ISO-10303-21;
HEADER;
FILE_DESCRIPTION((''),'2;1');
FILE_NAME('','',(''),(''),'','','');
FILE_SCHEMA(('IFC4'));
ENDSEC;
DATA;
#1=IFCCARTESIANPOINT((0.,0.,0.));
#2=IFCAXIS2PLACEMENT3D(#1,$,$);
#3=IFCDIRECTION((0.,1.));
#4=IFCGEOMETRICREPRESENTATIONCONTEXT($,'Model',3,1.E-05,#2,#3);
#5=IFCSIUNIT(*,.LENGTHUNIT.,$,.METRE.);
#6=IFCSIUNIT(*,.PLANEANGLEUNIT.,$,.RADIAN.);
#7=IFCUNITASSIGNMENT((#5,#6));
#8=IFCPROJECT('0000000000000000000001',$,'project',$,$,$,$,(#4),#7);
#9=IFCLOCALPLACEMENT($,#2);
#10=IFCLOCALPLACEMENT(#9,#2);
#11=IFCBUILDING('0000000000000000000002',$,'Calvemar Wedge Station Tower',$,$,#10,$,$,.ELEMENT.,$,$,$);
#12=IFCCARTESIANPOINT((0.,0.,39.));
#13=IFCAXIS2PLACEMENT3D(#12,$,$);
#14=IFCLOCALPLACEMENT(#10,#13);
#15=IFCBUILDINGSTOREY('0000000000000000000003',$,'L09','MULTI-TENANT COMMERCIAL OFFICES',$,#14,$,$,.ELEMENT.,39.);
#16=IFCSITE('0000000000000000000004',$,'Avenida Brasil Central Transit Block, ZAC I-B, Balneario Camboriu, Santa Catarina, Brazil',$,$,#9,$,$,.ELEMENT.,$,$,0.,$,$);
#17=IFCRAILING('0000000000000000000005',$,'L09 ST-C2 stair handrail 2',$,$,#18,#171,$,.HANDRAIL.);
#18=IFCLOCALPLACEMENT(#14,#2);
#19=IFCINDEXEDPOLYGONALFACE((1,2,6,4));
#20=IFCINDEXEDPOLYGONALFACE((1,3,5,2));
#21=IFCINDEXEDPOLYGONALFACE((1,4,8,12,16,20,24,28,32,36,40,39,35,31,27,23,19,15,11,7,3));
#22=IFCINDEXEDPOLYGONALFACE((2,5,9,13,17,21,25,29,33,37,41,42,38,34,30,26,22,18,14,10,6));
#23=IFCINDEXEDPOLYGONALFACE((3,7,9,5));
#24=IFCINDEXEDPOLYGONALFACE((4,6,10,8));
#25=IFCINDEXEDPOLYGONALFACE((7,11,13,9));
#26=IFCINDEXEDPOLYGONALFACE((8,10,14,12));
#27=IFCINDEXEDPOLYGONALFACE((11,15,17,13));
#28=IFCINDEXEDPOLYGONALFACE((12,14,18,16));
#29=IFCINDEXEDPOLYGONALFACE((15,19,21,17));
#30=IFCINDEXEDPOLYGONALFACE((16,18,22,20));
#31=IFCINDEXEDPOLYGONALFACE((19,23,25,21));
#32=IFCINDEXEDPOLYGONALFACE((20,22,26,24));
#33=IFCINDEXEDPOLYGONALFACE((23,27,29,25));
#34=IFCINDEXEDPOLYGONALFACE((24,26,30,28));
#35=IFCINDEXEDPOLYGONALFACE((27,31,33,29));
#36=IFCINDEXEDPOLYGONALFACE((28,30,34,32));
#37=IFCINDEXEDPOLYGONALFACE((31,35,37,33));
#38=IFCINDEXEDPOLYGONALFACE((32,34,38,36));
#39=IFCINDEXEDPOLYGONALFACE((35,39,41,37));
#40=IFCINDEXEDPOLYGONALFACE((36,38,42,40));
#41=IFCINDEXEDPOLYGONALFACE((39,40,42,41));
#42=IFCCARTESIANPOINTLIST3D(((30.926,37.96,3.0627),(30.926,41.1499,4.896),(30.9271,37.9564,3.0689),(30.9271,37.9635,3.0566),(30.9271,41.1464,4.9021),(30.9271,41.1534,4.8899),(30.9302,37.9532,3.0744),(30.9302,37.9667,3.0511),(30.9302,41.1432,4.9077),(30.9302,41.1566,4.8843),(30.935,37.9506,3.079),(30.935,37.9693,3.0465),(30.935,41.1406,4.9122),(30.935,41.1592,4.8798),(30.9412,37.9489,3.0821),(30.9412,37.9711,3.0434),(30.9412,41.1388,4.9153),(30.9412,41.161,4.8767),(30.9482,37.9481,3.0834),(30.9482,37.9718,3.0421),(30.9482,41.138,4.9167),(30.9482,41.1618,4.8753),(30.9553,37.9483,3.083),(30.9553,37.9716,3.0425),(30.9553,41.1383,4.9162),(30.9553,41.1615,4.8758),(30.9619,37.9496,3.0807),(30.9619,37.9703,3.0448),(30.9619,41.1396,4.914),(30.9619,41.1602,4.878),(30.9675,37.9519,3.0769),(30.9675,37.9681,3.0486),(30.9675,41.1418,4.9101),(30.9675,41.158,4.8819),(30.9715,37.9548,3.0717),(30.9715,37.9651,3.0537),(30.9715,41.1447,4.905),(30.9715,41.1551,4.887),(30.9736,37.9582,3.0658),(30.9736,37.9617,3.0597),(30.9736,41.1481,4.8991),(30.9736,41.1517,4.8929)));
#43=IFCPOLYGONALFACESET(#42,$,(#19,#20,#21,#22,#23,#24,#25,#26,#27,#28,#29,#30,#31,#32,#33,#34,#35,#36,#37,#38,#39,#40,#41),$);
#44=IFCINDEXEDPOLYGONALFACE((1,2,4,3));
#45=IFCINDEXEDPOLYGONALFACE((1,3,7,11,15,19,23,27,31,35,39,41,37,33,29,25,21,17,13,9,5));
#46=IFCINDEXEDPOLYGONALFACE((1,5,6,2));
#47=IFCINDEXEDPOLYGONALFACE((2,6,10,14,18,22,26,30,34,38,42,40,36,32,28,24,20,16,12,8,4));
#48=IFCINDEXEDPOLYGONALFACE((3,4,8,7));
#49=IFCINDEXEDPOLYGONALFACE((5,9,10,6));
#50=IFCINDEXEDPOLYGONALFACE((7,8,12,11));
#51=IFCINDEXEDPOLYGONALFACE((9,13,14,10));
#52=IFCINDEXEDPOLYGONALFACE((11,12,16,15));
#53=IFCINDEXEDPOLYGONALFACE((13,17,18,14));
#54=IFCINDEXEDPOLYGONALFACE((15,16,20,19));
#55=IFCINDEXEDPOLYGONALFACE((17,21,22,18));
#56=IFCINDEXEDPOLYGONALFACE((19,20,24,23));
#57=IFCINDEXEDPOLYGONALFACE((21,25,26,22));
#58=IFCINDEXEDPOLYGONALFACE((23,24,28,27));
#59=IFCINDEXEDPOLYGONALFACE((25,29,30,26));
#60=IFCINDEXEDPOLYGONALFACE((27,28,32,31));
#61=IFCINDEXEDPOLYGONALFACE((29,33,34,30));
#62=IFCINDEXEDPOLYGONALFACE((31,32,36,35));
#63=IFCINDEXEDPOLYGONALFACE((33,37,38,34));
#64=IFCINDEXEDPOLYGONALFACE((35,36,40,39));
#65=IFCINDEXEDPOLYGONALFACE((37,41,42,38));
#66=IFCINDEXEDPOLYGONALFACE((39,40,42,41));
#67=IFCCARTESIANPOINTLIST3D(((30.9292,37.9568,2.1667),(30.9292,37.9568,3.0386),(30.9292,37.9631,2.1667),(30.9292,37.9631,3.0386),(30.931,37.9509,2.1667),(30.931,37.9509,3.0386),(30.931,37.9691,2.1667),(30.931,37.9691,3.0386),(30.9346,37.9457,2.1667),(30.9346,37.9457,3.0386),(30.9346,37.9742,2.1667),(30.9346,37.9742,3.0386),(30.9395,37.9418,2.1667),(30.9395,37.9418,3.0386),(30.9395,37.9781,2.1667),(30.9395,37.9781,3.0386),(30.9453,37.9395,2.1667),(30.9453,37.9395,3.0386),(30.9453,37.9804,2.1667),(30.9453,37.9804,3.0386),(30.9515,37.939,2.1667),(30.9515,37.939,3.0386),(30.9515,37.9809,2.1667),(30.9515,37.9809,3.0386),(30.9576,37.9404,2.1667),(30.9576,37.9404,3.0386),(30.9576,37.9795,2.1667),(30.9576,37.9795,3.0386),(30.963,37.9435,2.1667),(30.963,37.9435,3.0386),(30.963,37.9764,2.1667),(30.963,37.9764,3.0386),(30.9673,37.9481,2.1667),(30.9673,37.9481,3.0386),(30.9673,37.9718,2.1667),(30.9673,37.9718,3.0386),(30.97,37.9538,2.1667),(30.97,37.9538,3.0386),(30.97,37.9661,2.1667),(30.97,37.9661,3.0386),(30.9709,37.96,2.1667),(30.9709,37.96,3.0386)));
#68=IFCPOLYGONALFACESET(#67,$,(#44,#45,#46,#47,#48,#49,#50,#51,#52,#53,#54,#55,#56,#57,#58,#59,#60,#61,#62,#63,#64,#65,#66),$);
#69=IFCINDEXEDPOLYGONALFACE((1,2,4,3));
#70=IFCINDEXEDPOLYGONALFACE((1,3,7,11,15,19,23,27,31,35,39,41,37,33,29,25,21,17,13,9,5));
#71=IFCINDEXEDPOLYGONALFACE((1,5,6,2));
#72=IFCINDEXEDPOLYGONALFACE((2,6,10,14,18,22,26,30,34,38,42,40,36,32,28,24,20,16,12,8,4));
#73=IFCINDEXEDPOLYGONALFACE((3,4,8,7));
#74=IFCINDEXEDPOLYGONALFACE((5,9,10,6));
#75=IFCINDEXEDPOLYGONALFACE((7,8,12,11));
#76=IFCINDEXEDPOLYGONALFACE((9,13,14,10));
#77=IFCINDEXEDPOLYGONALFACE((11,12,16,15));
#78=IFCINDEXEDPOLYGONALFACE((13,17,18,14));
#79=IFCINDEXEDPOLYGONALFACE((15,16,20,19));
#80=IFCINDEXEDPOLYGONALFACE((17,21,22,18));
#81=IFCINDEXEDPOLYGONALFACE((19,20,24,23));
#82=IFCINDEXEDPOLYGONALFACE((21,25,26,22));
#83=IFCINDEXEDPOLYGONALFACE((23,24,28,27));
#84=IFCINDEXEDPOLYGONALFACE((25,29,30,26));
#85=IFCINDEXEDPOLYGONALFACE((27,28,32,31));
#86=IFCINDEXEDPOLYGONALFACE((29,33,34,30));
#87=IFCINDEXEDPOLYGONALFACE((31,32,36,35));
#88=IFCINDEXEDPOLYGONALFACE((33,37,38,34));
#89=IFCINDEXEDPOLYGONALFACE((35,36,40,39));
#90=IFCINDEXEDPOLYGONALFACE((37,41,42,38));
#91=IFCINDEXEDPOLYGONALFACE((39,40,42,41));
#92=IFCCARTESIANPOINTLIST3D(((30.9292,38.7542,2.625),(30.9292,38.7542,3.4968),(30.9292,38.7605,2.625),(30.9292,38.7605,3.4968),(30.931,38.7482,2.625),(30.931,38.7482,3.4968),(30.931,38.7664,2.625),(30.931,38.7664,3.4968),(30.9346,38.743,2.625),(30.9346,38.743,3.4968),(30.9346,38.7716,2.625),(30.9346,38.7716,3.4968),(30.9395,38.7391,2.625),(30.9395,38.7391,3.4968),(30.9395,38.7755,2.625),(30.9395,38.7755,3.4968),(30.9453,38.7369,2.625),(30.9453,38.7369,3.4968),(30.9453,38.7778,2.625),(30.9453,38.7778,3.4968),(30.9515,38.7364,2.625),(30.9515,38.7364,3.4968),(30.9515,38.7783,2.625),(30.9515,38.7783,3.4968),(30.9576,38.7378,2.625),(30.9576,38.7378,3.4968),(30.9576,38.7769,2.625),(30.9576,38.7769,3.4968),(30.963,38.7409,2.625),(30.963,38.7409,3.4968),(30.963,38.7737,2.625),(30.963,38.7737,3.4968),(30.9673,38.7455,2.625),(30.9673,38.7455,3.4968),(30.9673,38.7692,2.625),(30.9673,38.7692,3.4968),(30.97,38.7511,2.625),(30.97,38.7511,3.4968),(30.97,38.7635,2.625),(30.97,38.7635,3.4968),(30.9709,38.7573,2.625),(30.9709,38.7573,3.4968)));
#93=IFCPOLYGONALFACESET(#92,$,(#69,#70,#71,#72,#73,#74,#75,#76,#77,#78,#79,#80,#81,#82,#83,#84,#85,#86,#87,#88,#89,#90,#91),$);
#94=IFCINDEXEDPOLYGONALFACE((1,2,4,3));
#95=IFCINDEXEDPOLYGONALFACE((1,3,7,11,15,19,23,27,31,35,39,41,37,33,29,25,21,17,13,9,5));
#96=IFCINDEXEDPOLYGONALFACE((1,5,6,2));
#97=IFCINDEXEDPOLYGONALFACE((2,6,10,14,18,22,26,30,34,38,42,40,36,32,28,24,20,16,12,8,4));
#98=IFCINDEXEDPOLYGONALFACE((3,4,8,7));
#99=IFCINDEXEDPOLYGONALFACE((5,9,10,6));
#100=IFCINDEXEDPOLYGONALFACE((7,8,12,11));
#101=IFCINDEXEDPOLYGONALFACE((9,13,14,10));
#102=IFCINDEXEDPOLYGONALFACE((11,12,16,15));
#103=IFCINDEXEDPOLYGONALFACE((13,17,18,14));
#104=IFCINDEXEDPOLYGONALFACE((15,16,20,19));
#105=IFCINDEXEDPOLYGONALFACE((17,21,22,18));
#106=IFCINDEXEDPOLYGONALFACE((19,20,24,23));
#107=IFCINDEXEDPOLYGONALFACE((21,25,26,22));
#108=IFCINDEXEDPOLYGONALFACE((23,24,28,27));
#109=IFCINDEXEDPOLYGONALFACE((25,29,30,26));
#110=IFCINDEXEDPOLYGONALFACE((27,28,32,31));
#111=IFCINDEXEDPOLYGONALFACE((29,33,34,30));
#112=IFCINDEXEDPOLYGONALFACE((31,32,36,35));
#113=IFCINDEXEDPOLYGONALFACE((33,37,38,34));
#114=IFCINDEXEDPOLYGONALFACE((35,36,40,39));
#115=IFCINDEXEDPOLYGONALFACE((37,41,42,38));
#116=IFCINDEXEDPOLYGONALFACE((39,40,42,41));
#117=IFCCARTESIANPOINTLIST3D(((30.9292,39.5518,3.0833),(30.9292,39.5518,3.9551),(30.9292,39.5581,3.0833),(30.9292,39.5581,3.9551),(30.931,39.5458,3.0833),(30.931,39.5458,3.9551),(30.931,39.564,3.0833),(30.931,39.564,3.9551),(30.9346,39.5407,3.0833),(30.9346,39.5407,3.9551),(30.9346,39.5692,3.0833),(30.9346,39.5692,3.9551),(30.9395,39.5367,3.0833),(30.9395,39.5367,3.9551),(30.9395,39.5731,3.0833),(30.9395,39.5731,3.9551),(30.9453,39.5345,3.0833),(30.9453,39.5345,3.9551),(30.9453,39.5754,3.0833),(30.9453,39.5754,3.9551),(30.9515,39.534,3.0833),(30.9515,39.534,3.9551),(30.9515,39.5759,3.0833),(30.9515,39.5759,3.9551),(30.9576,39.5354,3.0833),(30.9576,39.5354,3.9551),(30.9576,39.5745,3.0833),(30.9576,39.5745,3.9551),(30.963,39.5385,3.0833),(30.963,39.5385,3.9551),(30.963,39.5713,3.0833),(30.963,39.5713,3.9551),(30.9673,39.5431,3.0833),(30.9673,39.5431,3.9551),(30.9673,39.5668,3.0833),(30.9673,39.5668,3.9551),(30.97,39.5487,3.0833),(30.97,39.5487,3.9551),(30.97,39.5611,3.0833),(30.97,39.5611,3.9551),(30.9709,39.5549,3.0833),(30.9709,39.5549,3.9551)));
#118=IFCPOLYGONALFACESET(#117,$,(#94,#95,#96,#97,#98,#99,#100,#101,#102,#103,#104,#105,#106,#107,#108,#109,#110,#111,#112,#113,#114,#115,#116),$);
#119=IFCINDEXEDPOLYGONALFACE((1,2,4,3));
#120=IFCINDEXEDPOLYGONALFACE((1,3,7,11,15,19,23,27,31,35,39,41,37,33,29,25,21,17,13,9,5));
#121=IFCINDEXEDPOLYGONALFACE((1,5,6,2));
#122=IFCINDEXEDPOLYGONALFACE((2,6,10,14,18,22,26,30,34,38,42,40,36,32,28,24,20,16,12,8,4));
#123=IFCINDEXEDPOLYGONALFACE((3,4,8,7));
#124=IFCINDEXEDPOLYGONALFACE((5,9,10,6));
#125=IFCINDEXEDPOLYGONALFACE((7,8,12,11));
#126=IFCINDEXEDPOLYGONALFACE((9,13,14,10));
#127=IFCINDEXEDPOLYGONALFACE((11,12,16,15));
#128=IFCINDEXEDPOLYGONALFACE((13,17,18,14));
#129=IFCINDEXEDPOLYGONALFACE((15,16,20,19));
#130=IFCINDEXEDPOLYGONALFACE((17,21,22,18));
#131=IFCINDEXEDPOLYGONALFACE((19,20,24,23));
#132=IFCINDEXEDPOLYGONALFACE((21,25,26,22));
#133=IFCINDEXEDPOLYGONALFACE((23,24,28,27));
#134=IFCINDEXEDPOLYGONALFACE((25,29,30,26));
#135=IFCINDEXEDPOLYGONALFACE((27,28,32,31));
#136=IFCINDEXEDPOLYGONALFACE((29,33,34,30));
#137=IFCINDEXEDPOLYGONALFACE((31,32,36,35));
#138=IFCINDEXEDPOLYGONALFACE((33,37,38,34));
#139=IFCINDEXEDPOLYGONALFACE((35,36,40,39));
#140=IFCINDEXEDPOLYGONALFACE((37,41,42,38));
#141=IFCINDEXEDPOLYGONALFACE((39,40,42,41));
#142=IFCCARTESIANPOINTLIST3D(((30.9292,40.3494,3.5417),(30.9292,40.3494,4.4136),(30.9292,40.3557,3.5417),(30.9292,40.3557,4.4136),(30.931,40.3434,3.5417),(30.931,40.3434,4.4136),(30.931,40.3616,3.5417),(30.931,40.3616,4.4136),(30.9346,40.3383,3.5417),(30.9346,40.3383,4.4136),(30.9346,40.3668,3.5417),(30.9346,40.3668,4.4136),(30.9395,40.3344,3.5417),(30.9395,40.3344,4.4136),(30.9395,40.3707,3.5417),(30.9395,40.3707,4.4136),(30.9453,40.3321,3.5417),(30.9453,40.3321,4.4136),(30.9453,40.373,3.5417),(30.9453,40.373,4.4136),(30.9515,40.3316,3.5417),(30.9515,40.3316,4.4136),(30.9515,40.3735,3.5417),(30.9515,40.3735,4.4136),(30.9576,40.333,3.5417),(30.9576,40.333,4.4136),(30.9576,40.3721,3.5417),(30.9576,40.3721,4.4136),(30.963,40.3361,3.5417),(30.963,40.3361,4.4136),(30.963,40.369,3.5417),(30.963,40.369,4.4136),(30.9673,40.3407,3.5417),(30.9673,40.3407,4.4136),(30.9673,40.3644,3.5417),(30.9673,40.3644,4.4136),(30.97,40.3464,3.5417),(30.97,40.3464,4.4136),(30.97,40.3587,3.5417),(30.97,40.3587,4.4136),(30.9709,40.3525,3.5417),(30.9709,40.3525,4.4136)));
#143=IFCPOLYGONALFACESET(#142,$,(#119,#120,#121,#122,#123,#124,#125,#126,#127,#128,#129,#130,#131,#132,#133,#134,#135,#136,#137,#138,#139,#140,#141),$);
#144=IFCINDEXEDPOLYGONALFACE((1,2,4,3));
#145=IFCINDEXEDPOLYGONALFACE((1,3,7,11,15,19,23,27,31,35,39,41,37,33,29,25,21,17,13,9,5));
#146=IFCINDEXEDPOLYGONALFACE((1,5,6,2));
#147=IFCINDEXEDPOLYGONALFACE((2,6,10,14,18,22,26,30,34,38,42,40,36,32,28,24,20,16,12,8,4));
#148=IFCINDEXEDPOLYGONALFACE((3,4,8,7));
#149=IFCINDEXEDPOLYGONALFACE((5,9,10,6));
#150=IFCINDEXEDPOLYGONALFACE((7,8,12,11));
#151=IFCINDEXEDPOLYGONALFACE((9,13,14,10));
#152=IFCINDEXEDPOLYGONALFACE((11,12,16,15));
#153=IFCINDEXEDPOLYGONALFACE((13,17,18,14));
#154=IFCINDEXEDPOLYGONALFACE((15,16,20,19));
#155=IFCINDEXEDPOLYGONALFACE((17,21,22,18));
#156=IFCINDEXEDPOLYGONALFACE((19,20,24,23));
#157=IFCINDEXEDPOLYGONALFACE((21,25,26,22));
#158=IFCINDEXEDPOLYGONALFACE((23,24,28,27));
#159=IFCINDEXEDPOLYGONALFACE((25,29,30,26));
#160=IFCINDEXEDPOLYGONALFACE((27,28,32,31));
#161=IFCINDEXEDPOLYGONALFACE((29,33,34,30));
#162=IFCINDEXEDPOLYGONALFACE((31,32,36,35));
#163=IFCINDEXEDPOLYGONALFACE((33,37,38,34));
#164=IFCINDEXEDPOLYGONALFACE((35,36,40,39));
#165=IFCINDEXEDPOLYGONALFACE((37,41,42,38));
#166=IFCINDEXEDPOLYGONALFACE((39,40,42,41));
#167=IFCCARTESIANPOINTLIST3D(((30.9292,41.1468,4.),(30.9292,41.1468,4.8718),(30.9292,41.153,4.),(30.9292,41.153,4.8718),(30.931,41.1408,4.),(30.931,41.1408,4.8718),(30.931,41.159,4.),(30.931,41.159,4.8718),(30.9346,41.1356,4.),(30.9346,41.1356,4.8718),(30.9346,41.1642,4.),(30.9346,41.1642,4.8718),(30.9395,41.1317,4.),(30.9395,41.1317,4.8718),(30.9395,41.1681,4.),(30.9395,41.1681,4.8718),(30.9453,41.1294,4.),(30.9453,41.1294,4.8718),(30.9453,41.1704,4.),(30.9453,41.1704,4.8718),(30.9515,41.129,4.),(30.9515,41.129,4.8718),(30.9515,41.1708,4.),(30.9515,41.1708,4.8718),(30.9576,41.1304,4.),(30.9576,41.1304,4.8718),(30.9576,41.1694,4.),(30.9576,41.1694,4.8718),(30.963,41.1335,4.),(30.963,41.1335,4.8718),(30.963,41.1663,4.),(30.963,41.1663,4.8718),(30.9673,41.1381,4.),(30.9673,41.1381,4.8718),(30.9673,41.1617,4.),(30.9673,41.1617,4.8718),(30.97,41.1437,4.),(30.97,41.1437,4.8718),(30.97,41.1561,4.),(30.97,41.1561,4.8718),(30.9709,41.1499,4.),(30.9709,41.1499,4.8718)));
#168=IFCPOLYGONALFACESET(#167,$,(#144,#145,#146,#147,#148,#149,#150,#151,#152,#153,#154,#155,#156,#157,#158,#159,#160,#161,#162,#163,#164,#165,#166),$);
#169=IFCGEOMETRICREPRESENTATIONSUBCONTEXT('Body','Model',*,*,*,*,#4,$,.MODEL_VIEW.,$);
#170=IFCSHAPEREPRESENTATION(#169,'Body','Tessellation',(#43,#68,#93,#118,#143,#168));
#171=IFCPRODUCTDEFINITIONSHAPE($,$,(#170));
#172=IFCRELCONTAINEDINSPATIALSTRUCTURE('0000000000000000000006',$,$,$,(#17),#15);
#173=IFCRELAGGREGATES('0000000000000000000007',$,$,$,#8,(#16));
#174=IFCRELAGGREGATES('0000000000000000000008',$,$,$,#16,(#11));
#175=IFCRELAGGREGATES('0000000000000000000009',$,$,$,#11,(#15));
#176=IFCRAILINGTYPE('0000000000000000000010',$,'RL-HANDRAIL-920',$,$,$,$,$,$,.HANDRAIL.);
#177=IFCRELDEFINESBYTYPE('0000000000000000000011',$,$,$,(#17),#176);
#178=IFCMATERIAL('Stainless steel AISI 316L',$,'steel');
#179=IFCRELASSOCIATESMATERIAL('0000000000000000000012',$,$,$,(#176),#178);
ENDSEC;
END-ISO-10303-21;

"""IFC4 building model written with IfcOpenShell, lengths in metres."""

from ifc_helpers import new_model, si_unit, direction, frame, origin, origin_2d, place, context, subcontext, project, spatial, circle, extrude, material, type_object, element, save


model = new_model("IFC4")

# Units and contexts
model_context = context("Model", 3, precision=1e-05, world=origin(), true_north=direction((0.0, 1.0)))
body_context = subcontext(model_context, "Body", "Model", "MODEL_VIEW")
ifc_project = project(units=[si_unit("LENGTHUNIT", "METRE"), si_unit("PLANEANGLEUNIT", "RADIAN")], contexts=[model_context])

# Site, building, storey
site_placement = place(None, origin())
site = spatial("IfcSite", under=ifc_project, at=site_placement, Name="Avenida Brasil Central Transit Block, ZAC I-B, Balneario Camboriu, Santa Catarina, Brazil", CompositionType="ELEMENT", RefElevation=0.0)
building_placement = place(site_placement, origin())
building = spatial("IfcBuilding", under=site, at=building_placement, Name="Calvemar Wedge Station Tower", CompositionType="ELEMENT")
storey_placement = place(building_placement, frame((0.0, 0.0, 39.0)))
storey = spatial("IfcBuildingStorey", under=building, at=storey_placement, Name="L09", Description="MULTI-TENANT COMMERCIAL OFFICES", CompositionType="ELEMENT", Elevation=39.0)

# Railing
ifc_material_1 = material(Name="Stainless steel AISI 316L", Category="steel")
railing_type_1 = type_object("IfcRailingType", Name="RL-HANDRAIL-920", PredefinedType="HANDRAIL", material=ifc_material_1)
railing_1_placement = place(storey_placement, frame((30.95, 37.96, 2.1667)))
element("IfcRailing", 1, at=railing_1_placement, inside=storey, type_object=railing_type_1, Name="L09 ST-C2 stair handrail 2", PredefinedType="HANDRAIL", context=body_context, shape_type="SweptSolid", body=[
    extrude(circle(Radius=0.0239, at=origin_2d()), frame((0.0, 0.0, 0.896), z_axis=(0.0, 0.86702, 0.498274), x_axis=(-1.0, 0.0, 0.0)), (0.0, 0.0, 1.0), 3.6792),
    extrude(circle(Radius=0.021, at=origin_2d()), origin(), (0.0, 0.0, 1.0), 0.8718),
    extrude(circle(Radius=0.021, at=origin_2d()), frame((0.0, 0.7974, 0.4583)), (0.0, 0.0, 1.0), 0.8718),
    extrude(circle(Radius=0.021, at=origin_2d()), frame((0.0, 1.595, 0.9165)), (0.0, 0.0, 1.0), 0.8718),
    extrude(circle(Radius=0.021, at=origin_2d()), frame((0.0, 2.3926, 1.375)), (0.0, 0.0, 1.0), 0.8718),
    extrude(circle(Radius=0.021, at=origin_2d()), frame((0.0, 3.1899, 1.8333)), (0.0, 0.0, 1.0), 0.8718),
])

save(model, "model.ifc")
